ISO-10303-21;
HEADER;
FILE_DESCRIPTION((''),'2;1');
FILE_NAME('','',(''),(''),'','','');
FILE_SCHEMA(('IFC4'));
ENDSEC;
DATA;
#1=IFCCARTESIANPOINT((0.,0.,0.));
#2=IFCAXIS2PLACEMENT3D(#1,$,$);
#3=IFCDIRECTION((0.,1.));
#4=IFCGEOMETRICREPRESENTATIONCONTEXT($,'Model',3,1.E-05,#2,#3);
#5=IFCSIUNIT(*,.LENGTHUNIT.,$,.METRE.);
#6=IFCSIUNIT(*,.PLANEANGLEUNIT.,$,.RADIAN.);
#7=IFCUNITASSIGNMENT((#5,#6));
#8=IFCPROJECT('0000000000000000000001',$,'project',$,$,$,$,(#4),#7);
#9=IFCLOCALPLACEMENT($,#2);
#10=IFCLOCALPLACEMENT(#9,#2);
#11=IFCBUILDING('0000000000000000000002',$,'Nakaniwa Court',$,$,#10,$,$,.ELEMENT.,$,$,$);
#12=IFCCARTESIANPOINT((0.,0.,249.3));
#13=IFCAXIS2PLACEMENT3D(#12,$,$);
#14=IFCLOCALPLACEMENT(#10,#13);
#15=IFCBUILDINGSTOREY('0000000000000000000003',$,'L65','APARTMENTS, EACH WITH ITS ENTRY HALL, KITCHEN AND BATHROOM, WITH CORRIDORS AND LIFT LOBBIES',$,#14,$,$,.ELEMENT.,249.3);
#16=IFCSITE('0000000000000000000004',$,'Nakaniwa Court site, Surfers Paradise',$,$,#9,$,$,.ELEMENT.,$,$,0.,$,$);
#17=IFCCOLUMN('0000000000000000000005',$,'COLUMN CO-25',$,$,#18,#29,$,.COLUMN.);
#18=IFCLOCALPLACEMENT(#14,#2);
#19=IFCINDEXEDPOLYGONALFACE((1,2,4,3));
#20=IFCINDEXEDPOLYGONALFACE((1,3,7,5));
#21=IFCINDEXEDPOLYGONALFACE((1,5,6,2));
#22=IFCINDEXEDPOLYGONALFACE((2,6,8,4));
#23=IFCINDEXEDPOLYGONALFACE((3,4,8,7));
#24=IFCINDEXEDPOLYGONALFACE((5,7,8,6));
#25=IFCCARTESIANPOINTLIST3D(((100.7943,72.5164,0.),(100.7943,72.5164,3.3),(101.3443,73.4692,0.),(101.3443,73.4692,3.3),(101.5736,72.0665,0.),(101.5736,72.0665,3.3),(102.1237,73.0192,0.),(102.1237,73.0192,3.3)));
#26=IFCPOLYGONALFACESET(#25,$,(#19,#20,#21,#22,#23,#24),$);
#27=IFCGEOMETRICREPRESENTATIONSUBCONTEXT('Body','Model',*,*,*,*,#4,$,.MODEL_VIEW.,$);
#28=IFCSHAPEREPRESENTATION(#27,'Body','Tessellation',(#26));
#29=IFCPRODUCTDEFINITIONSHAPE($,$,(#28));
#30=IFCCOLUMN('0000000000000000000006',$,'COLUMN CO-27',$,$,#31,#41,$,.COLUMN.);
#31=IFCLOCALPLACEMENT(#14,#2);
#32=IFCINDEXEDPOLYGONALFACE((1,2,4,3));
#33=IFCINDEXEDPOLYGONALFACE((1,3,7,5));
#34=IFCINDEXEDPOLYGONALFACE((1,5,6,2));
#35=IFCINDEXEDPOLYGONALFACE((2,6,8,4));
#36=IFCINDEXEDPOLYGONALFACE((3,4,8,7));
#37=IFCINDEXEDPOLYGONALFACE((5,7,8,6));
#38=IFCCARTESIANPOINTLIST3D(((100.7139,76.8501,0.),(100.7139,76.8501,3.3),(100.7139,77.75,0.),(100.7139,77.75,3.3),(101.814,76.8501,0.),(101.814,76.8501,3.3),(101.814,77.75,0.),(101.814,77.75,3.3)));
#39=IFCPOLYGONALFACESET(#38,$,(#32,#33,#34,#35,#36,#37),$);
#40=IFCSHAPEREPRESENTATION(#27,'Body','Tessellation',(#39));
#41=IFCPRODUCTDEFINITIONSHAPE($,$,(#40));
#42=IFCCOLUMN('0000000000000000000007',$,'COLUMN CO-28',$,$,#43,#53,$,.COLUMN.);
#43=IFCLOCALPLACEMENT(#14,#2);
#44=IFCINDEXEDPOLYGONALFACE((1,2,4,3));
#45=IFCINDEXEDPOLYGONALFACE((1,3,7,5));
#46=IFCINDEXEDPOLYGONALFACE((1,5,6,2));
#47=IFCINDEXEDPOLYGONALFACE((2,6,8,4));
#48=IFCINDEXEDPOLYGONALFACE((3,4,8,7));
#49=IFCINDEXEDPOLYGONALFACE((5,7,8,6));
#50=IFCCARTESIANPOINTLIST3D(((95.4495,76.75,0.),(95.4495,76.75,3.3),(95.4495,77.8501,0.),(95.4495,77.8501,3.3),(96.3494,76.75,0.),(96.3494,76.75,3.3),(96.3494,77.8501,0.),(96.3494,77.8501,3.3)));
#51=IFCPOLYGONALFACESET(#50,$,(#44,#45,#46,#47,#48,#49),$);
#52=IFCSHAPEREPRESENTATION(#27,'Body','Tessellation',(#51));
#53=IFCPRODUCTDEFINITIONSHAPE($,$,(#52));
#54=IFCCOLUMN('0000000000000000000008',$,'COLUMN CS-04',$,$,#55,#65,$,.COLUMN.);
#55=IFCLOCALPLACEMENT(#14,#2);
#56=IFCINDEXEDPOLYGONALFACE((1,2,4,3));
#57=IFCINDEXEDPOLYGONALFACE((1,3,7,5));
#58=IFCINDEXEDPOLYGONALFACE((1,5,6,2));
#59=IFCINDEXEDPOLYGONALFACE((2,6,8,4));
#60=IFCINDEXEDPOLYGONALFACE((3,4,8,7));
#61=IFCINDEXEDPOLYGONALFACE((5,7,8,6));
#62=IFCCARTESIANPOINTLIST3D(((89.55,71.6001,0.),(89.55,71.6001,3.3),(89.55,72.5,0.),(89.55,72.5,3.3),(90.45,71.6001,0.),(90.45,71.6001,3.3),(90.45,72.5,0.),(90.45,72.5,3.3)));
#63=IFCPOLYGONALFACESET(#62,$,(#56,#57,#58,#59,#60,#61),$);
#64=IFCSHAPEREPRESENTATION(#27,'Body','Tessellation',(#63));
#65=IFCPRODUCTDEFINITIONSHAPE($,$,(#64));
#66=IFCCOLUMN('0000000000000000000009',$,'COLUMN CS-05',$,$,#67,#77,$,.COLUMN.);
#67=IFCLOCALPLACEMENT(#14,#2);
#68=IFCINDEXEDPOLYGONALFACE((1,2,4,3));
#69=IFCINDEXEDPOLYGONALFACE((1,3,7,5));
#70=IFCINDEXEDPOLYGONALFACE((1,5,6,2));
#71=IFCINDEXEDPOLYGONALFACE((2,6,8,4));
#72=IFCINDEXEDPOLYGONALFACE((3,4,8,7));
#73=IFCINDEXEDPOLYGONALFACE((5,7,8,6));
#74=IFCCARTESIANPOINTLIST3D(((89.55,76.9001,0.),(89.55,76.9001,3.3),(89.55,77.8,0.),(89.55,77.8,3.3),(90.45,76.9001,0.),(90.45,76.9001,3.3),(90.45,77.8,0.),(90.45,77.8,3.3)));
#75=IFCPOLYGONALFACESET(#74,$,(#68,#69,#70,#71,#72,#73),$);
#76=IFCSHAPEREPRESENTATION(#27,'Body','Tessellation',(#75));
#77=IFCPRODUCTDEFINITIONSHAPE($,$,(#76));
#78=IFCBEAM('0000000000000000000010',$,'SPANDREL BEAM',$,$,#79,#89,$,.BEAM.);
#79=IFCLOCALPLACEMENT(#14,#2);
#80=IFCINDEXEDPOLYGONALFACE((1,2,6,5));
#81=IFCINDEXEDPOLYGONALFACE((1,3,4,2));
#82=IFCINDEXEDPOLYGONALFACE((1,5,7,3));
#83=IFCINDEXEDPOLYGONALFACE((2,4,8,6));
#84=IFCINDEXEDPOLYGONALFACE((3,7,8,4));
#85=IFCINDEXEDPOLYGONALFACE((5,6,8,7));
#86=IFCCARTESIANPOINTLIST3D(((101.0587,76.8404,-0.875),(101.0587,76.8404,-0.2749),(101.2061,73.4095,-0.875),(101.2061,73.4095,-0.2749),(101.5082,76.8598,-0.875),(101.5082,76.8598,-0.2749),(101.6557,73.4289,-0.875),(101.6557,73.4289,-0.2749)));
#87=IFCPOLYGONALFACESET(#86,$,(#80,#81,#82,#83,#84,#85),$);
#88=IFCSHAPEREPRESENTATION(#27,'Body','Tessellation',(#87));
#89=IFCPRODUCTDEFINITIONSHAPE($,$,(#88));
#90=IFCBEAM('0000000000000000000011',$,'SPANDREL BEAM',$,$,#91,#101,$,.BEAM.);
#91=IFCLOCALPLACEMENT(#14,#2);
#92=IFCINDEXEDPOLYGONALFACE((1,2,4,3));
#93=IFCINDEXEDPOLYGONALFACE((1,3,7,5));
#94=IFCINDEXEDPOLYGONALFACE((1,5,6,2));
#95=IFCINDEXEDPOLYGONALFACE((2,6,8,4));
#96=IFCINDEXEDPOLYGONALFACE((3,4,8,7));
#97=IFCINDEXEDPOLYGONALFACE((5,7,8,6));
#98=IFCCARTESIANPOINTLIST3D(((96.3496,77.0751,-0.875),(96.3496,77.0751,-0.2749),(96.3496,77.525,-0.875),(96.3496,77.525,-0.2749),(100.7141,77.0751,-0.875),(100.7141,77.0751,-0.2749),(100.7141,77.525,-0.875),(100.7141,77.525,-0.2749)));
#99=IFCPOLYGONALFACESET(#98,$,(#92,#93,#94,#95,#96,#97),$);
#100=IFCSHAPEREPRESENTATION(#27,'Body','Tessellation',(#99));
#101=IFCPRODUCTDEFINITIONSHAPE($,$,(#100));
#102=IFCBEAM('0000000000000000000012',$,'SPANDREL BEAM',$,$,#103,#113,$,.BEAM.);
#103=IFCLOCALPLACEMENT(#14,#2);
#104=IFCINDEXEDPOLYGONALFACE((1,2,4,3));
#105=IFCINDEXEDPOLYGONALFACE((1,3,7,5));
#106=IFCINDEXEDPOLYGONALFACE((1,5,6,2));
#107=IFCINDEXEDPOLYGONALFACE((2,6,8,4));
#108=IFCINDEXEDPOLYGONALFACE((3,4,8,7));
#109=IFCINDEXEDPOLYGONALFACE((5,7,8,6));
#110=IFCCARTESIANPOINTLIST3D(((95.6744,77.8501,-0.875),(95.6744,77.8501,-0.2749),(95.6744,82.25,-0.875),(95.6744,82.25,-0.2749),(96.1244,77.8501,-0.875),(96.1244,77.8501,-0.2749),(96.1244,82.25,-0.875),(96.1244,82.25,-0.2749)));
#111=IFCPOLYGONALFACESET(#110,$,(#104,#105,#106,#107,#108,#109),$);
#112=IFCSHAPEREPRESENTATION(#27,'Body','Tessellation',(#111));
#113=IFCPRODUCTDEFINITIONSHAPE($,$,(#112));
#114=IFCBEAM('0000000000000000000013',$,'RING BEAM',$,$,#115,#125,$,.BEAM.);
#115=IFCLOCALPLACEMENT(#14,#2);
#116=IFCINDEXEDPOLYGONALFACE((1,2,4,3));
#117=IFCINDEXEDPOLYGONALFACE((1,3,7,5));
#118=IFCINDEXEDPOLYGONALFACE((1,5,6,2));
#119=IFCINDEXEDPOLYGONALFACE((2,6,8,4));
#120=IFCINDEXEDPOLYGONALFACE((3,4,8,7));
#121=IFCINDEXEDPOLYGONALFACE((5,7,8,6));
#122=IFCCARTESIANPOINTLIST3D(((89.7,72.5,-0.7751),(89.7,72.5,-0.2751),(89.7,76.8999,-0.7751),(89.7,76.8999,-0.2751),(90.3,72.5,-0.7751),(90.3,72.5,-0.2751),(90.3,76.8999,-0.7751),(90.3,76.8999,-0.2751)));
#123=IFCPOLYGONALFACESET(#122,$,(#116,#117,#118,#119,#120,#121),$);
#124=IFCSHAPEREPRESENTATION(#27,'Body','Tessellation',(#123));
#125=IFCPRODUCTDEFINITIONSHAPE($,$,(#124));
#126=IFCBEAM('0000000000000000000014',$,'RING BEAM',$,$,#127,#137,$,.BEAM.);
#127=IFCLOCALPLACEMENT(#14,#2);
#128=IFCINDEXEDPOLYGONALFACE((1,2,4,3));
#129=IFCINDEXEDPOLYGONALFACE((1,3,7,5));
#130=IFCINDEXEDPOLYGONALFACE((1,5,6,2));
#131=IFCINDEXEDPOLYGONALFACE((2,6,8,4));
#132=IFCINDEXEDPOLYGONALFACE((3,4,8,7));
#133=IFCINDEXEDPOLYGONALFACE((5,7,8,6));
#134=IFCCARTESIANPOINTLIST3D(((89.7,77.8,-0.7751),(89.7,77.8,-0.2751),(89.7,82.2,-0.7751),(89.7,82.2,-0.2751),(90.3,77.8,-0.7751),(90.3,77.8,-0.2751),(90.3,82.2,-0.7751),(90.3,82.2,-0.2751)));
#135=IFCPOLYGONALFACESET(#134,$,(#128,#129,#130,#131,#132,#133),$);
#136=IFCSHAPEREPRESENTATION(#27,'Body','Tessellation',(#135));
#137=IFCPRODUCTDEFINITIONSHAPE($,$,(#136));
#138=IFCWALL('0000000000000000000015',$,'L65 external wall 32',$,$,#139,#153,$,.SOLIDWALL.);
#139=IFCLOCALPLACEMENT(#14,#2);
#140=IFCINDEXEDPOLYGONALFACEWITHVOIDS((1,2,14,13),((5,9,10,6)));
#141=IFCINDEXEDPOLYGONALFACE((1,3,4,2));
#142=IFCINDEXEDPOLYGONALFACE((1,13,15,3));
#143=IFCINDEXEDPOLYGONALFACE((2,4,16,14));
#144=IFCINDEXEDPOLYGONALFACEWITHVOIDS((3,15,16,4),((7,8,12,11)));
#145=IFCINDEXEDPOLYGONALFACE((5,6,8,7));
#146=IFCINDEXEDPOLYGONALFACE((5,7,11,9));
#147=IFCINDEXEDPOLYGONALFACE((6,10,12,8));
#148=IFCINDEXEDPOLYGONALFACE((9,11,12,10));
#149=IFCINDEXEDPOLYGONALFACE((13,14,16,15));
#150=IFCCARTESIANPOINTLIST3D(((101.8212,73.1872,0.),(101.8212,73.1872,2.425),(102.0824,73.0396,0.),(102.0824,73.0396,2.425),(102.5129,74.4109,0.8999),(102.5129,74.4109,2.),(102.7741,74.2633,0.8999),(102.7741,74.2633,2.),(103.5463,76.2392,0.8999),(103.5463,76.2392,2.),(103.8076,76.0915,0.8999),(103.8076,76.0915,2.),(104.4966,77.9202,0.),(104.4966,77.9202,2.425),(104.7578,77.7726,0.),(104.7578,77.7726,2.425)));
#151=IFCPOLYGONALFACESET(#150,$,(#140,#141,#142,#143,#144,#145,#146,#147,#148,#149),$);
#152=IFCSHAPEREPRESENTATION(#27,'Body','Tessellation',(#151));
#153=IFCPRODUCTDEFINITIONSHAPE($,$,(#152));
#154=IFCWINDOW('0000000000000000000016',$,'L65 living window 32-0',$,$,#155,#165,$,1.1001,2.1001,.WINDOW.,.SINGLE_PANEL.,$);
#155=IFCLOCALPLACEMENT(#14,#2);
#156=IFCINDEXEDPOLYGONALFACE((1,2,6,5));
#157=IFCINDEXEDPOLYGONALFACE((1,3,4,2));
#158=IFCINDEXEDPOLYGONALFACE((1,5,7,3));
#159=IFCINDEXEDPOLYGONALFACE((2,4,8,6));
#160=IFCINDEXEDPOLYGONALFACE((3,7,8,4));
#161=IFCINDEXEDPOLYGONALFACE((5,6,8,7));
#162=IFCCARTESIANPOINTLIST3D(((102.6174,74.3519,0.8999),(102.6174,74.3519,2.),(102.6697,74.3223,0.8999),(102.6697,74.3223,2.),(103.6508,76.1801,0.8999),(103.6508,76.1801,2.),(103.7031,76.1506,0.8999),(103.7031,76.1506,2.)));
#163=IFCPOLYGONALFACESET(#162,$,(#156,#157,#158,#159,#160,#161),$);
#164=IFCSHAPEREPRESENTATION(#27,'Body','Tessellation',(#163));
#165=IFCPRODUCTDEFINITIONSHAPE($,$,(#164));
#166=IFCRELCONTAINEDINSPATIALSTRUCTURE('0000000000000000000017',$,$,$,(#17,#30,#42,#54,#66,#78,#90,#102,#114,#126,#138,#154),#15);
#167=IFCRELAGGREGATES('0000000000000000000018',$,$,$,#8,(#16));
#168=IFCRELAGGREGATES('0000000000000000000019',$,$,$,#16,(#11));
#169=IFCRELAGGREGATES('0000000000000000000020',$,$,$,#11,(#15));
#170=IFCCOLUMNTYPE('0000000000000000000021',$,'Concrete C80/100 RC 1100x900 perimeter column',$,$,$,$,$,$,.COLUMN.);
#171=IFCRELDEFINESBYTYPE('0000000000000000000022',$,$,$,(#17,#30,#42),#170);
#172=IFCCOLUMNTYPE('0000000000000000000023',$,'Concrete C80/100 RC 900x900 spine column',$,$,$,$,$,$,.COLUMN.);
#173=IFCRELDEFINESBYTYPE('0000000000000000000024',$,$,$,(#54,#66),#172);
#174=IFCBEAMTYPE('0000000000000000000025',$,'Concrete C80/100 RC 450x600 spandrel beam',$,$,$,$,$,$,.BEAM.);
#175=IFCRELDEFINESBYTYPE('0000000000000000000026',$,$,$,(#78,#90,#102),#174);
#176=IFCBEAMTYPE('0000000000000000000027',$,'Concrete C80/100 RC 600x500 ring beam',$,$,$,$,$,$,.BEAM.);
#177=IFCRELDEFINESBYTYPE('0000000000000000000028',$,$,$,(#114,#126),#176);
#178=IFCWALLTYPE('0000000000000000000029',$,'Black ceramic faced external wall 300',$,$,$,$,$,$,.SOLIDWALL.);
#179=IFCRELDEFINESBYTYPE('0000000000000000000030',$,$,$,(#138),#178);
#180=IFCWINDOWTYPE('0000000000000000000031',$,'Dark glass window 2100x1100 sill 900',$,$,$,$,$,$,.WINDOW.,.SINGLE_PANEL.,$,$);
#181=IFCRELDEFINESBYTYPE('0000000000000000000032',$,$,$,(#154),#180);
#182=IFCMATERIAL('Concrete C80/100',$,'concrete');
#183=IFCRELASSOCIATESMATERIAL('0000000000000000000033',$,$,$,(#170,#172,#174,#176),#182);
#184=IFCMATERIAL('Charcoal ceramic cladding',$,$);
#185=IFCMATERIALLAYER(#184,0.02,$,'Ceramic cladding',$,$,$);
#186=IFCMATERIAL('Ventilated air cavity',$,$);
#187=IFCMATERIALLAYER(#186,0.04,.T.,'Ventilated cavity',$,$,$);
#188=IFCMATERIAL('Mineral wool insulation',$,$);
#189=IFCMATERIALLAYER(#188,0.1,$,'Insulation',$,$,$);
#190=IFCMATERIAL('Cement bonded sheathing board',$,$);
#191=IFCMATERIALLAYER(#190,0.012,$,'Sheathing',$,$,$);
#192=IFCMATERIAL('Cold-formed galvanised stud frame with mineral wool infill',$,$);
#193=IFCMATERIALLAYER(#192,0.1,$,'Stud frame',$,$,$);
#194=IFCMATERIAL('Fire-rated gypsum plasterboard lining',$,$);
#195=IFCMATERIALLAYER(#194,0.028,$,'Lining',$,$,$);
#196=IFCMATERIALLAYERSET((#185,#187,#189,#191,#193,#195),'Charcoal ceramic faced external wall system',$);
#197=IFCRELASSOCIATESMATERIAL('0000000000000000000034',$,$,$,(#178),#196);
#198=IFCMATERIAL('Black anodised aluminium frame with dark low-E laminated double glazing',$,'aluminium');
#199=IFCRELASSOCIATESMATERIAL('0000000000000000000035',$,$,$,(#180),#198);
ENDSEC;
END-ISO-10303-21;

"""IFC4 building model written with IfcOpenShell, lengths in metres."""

from ifc_helpers import new_model, si_unit, direction, frame, frame_2d, origin, origin_2d, place, context, subcontext, project, spatial, rectangle, extrude, material, layer, layer_set, material_profile, profile_set, type_object, element, fill, save


model = new_model("IFC4")

# Units and contexts
model_context = context("Model", 3, precision=1e-05, world=origin(), true_north=direction((0.0, 1.0)))
body_context = subcontext(model_context, "Body", "Model", "MODEL_VIEW")
ifc_project = project(units=[si_unit("LENGTHUNIT", "METRE"), si_unit("PLANEANGLEUNIT", "RADIAN")], contexts=[model_context])

# Site, building, storey
site_placement = place(None, origin())
site = spatial("IfcSite", under=ifc_project, at=site_placement, Name="Nakaniwa Court site, Surfers Paradise", CompositionType="ELEMENT", RefElevation=0.0)
building_placement = place(site_placement, origin())
building = spatial("IfcBuilding", under=site, at=building_placement, Name="Nakaniwa Court", CompositionType="ELEMENT")
storey_placement = place(building_placement, frame((0.0, 0.0, 249.3)))
storey = spatial("IfcBuildingStorey", under=building, at=storey_placement, Name="L65", Description="APARTMENTS, EACH WITH ITS ENTRY HALL, KITCHEN AND BATHROOM, WITH CORRIDORS AND LIFT LOBBIES", CompositionType="ELEMENT", Elevation=249.3)

# Columns
ifc_material_1 = material(Name="Concrete C80/100", Category="concrete")
ifc_material_profile_1 = material_profile(ifc_material_1, rectangle(XDim=1.1001, YDim=0.8999, at=origin_2d()), Name="Concrete C80/100 RC 1100x900 perimeter column")
ifc_profile_set_1 = profile_set([ifc_material_profile_1], Name="Concrete C80/100")
column_type_1 = type_object("IfcColumnType", Name="Concrete C80/100 RC 1100x900 perimeter column", PredefinedType="COLUMN", material=ifc_profile_set_1)
for number, where, z_axis, x_axis, name in (
    (1, (101.459, 72.7678, 0.0), (0.0, 0.0, 1.0), (0.5, 0.866025, 0.0), "COLUMN CO-25"),
    (2, (101.2639, 77.3, 0.0), (0.0, 0.0, 1.0), (-1.0, 0.0, 0.0), "COLUMN CO-27"),
    (3, (95.8994, 77.3, 0.0), (0.0, 0.0, 1.0), (0.0, 1.0, 0.0), "COLUMN CO-28"),
):
    element("IfcColumn", number, at=place(storey_placement, frame(where, z_axis=z_axis, x_axis=x_axis)), inside=storey, type_object=column_type_1, Name=name, PredefinedType="COLUMN", context=body_context, shape_type="SweptSolid", body=[
        extrude(rectangle(XDim=1.1001, YDim=0.8999, at=origin_2d()), origin(), (0.0, 0.0, 1.0), 3.3),
    ])
ifc_material_profile_2 = material_profile(ifc_material_1, rectangle(XDim=0.8999, YDim=0.8999, at=origin_2d()), Name="Concrete C80/100 RC 900x900 spine column")
ifc_profile_set_2 = profile_set([ifc_material_profile_2], Name="Concrete C80/100")
column_type_2 = type_object("IfcColumnType", Name="Concrete C80/100 RC 900x900 spine column", PredefinedType="COLUMN", material=ifc_profile_set_2)
for number, where, z_axis, x_axis, name in (
    (4, (90.0, 72.05, 0.0), (0.0, 0.0, 1.0), (0.0, 1.0, 0.0), "COLUMN CS-04"),
    (5, (90.0, 77.3501, 0.0), (0.0, 0.0, 1.0), (0.0, 1.0, 0.0), "COLUMN CS-05"),
):
    element("IfcColumn", number, at=place(storey_placement, frame(where, z_axis=z_axis, x_axis=x_axis)), inside=storey, type_object=column_type_2, Name=name, PredefinedType="COLUMN", context=body_context, shape_type="SweptSolid", body=[
        extrude(rectangle(XDim=0.8999, YDim=0.8999, at=origin_2d()), origin(), (0.0, 0.0, 1.0), 3.3),
    ])

# Beams
ifc_material_profile_3 = material_profile(ifc_material_1, rectangle(XDim=0.45, YDim=0.6001, at=origin_2d()), Name="Concrete C80/100 RC 450x600 spandrel beam")
ifc_profile_set_3 = profile_set([ifc_material_profile_3], Name="Concrete C80/100")
beam_type_1 = type_object("IfcBeamType", Name="Concrete C80/100 RC 450x600 spandrel beam", PredefinedType="BEAM", material=ifc_profile_set_3)
beam_1_placement = place(storey_placement, frame((101.4309, 73.4192, -0.575), z_axis=(-0.042941, 0.999078, 0.0), x_axis=(-0.999078, -0.042941, 0.0)))
element("IfcBeam", 6, at=beam_1_placement, inside=storey, type_object=beam_type_1, Name="SPANDREL BEAM", PredefinedType="BEAM", context=body_context, shape_type="SweptSolid", body=[
    extrude(rectangle(XDim=0.45, YDim=0.6001, at=origin_2d()), origin(), (0.0, 0.0, 1.0), 3.4341),
])
beam_2_placement = place(storey_placement, frame((100.7141, 77.3, -0.575), z_axis=(-1.0, 0.0, 0.0), x_axis=(0.0, -1.0, 0.0)))
element("IfcBeam", 7, at=beam_2_placement, inside=storey, type_object=beam_type_1, Name="SPANDREL BEAM", PredefinedType="BEAM", context=body_context, shape_type="SweptSolid", body=[
    extrude(rectangle(XDim=0.45, YDim=0.6001, at=origin_2d()), origin(), (0.0, 0.0, 1.0), 4.3645),
])
beam_3_placement = place(storey_placement, frame((95.8994, 77.8501, -0.575), z_axis=(0.0, 1.0, 0.0), x_axis=(-1.0, 0.0, 0.0)))
element("IfcBeam", 8, at=beam_3_placement, inside=storey, type_object=beam_type_1, Name="SPANDREL BEAM", PredefinedType="BEAM", context=body_context, shape_type="SweptSolid", body=[
    extrude(rectangle(XDim=0.45, YDim=0.6001, at=origin_2d()), origin(), (0.0, 0.0, 1.0), 4.3999),
])
ifc_material_profile_4 = material_profile(ifc_material_1, rectangle(XDim=0.6001, YDim=0.5, at=origin_2d()), Name="Concrete C80/100 RC 600x500 ring beam")
ifc_profile_set_4 = profile_set([ifc_material_profile_4], Name="Concrete C80/100")
beam_type_2 = type_object("IfcBeamType", Name="Concrete C80/100 RC 600x500 ring beam", PredefinedType="BEAM", material=ifc_profile_set_4)
for number, where, z_axis, x_axis, name in (
    (9, (90.0, 72.5, -0.5251), (0.0, 1.0, 0.0), (-1.0, 0.0, 0.0), "RING BEAM"),
    (10, (90.0, 77.8, -0.5251), (0.0, 1.0, 0.0), (-1.0, 0.0, 0.0), "RING BEAM"),
):
    element("IfcBeam", number, at=place(storey_placement, frame(where, z_axis=z_axis, x_axis=x_axis)), inside=storey, type_object=beam_type_2, Name=name, PredefinedType="BEAM", context=body_context, shape_type="SweptSolid", body=[
        extrude(rectangle(XDim=0.6001, YDim=0.5, at=origin_2d()), origin(), (0.0, 0.0, 1.0), 4.3999),
    ])

# Wall, opening, window
ifc_material_2 = material(Name="Charcoal ceramic cladding")
ifc_layer_1 = layer(ifc_material_2, 0.02, Name="Ceramic cladding")
ifc_material_3 = material(Name="Ventilated air cavity")
ifc_layer_2 = layer(ifc_material_3, 0.04, ventilated=True, Name="Ventilated cavity")
ifc_material_4 = material(Name="Mineral wool insulation")
ifc_layer_3 = layer(ifc_material_4, 0.1, Name="Insulation")
ifc_material_5 = material(Name="Cement bonded sheathing board")
ifc_layer_4 = layer(ifc_material_5, 0.012, Name="Sheathing")
ifc_material_6 = material(Name="Cold-formed galvanised stud frame with mineral wool infill")
ifc_layer_5 = layer(ifc_material_6, 0.1, Name="Stud frame")
ifc_material_7 = material(Name="Fire-rated gypsum plasterboard lining")
ifc_layer_6 = layer(ifc_material_7, 0.028, Name="Lining")
ifc_layer_set_1 = layer_set([ifc_layer_1, ifc_layer_2, ifc_layer_3, ifc_layer_4, ifc_layer_5, ifc_layer_6], Name="Charcoal ceramic faced external wall system")
wall_type_1 = type_object("IfcWallType", Name="Black ceramic faced external wall 300", PredefinedType="SOLIDWALL", material=ifc_layer_set_1)
wall_1_placement = place(storey_placement, frame((101.9519, 73.1135, 0.0), z_axis=(0.0, 0.0, 1.0), x_axis=(0.492081, 0.870549, 0.0)))
wall_1 = element("IfcWall", 11, at=wall_1_placement, inside=storey, type_object=wall_type_1, Name="L65 external wall 32", PredefinedType="SOLIDWALL", context=body_context, shape_type="SweptSolid", body=[
    extrude(rectangle(XDim=5.4368, YDim=0.3, at=frame_2d((2.7183, 0.0))), origin(), (0.0, 0.0, 1.0), 2.425),
])
opening_1_placement = place(wall_1_placement, frame((1.4055, 0.0, 0.8999)))
opening_1 = element("IfcOpeningElement", 12, at=opening_1_placement, cuts=wall_1, PredefinedType="OPENING", context=body_context, shape_type="SweptSolid", body=[
    extrude(rectangle(XDim=2.1001, YDim=1.1001, at=frame_2d((1.05, 0.55))), frame((0.0, 0.1599, 0.0), z_axis=(0.0, -1.0, 0.0), x_axis=(1.0, 0.0, 0.0)), (0.0, 0.0, 1.0), 0.3201),
])
ifc_material_8 = material(Name="Black anodised aluminium frame with dark low-E laminated double glazing", Category="aluminium")
window_type_1 = type_object("IfcWindowType", Name="Dark glass window 2100x1100 sill 900", PartitioningType="SINGLE_PANEL", PredefinedType="WINDOW", material=ifc_material_8)
window_1_placement = place(opening_1_placement, origin())
window_1 = element("IfcWindow", 13, at=window_1_placement, inside=storey, type_object=window_type_1, Name="L65 living window 32-0", OverallHeight=1.1001, OverallWidth=2.1001, PartitioningType="SINGLE_PANEL", PredefinedType="WINDOW", context=body_context, shape_type="SweptSolid", body=[
    extrude(rectangle(XDim=2.1001, YDim=1.1001, at=frame_2d((1.05, 0.55))), frame((0.0, 0.03, 0.0), z_axis=(0.0, -1.0, 0.0), x_axis=(1.0, 0.0, 0.0)), (0.0, 0.0, 1.0), 0.0601),
])
fill(opening_1, window_1)

save(model, "model.ifc")
